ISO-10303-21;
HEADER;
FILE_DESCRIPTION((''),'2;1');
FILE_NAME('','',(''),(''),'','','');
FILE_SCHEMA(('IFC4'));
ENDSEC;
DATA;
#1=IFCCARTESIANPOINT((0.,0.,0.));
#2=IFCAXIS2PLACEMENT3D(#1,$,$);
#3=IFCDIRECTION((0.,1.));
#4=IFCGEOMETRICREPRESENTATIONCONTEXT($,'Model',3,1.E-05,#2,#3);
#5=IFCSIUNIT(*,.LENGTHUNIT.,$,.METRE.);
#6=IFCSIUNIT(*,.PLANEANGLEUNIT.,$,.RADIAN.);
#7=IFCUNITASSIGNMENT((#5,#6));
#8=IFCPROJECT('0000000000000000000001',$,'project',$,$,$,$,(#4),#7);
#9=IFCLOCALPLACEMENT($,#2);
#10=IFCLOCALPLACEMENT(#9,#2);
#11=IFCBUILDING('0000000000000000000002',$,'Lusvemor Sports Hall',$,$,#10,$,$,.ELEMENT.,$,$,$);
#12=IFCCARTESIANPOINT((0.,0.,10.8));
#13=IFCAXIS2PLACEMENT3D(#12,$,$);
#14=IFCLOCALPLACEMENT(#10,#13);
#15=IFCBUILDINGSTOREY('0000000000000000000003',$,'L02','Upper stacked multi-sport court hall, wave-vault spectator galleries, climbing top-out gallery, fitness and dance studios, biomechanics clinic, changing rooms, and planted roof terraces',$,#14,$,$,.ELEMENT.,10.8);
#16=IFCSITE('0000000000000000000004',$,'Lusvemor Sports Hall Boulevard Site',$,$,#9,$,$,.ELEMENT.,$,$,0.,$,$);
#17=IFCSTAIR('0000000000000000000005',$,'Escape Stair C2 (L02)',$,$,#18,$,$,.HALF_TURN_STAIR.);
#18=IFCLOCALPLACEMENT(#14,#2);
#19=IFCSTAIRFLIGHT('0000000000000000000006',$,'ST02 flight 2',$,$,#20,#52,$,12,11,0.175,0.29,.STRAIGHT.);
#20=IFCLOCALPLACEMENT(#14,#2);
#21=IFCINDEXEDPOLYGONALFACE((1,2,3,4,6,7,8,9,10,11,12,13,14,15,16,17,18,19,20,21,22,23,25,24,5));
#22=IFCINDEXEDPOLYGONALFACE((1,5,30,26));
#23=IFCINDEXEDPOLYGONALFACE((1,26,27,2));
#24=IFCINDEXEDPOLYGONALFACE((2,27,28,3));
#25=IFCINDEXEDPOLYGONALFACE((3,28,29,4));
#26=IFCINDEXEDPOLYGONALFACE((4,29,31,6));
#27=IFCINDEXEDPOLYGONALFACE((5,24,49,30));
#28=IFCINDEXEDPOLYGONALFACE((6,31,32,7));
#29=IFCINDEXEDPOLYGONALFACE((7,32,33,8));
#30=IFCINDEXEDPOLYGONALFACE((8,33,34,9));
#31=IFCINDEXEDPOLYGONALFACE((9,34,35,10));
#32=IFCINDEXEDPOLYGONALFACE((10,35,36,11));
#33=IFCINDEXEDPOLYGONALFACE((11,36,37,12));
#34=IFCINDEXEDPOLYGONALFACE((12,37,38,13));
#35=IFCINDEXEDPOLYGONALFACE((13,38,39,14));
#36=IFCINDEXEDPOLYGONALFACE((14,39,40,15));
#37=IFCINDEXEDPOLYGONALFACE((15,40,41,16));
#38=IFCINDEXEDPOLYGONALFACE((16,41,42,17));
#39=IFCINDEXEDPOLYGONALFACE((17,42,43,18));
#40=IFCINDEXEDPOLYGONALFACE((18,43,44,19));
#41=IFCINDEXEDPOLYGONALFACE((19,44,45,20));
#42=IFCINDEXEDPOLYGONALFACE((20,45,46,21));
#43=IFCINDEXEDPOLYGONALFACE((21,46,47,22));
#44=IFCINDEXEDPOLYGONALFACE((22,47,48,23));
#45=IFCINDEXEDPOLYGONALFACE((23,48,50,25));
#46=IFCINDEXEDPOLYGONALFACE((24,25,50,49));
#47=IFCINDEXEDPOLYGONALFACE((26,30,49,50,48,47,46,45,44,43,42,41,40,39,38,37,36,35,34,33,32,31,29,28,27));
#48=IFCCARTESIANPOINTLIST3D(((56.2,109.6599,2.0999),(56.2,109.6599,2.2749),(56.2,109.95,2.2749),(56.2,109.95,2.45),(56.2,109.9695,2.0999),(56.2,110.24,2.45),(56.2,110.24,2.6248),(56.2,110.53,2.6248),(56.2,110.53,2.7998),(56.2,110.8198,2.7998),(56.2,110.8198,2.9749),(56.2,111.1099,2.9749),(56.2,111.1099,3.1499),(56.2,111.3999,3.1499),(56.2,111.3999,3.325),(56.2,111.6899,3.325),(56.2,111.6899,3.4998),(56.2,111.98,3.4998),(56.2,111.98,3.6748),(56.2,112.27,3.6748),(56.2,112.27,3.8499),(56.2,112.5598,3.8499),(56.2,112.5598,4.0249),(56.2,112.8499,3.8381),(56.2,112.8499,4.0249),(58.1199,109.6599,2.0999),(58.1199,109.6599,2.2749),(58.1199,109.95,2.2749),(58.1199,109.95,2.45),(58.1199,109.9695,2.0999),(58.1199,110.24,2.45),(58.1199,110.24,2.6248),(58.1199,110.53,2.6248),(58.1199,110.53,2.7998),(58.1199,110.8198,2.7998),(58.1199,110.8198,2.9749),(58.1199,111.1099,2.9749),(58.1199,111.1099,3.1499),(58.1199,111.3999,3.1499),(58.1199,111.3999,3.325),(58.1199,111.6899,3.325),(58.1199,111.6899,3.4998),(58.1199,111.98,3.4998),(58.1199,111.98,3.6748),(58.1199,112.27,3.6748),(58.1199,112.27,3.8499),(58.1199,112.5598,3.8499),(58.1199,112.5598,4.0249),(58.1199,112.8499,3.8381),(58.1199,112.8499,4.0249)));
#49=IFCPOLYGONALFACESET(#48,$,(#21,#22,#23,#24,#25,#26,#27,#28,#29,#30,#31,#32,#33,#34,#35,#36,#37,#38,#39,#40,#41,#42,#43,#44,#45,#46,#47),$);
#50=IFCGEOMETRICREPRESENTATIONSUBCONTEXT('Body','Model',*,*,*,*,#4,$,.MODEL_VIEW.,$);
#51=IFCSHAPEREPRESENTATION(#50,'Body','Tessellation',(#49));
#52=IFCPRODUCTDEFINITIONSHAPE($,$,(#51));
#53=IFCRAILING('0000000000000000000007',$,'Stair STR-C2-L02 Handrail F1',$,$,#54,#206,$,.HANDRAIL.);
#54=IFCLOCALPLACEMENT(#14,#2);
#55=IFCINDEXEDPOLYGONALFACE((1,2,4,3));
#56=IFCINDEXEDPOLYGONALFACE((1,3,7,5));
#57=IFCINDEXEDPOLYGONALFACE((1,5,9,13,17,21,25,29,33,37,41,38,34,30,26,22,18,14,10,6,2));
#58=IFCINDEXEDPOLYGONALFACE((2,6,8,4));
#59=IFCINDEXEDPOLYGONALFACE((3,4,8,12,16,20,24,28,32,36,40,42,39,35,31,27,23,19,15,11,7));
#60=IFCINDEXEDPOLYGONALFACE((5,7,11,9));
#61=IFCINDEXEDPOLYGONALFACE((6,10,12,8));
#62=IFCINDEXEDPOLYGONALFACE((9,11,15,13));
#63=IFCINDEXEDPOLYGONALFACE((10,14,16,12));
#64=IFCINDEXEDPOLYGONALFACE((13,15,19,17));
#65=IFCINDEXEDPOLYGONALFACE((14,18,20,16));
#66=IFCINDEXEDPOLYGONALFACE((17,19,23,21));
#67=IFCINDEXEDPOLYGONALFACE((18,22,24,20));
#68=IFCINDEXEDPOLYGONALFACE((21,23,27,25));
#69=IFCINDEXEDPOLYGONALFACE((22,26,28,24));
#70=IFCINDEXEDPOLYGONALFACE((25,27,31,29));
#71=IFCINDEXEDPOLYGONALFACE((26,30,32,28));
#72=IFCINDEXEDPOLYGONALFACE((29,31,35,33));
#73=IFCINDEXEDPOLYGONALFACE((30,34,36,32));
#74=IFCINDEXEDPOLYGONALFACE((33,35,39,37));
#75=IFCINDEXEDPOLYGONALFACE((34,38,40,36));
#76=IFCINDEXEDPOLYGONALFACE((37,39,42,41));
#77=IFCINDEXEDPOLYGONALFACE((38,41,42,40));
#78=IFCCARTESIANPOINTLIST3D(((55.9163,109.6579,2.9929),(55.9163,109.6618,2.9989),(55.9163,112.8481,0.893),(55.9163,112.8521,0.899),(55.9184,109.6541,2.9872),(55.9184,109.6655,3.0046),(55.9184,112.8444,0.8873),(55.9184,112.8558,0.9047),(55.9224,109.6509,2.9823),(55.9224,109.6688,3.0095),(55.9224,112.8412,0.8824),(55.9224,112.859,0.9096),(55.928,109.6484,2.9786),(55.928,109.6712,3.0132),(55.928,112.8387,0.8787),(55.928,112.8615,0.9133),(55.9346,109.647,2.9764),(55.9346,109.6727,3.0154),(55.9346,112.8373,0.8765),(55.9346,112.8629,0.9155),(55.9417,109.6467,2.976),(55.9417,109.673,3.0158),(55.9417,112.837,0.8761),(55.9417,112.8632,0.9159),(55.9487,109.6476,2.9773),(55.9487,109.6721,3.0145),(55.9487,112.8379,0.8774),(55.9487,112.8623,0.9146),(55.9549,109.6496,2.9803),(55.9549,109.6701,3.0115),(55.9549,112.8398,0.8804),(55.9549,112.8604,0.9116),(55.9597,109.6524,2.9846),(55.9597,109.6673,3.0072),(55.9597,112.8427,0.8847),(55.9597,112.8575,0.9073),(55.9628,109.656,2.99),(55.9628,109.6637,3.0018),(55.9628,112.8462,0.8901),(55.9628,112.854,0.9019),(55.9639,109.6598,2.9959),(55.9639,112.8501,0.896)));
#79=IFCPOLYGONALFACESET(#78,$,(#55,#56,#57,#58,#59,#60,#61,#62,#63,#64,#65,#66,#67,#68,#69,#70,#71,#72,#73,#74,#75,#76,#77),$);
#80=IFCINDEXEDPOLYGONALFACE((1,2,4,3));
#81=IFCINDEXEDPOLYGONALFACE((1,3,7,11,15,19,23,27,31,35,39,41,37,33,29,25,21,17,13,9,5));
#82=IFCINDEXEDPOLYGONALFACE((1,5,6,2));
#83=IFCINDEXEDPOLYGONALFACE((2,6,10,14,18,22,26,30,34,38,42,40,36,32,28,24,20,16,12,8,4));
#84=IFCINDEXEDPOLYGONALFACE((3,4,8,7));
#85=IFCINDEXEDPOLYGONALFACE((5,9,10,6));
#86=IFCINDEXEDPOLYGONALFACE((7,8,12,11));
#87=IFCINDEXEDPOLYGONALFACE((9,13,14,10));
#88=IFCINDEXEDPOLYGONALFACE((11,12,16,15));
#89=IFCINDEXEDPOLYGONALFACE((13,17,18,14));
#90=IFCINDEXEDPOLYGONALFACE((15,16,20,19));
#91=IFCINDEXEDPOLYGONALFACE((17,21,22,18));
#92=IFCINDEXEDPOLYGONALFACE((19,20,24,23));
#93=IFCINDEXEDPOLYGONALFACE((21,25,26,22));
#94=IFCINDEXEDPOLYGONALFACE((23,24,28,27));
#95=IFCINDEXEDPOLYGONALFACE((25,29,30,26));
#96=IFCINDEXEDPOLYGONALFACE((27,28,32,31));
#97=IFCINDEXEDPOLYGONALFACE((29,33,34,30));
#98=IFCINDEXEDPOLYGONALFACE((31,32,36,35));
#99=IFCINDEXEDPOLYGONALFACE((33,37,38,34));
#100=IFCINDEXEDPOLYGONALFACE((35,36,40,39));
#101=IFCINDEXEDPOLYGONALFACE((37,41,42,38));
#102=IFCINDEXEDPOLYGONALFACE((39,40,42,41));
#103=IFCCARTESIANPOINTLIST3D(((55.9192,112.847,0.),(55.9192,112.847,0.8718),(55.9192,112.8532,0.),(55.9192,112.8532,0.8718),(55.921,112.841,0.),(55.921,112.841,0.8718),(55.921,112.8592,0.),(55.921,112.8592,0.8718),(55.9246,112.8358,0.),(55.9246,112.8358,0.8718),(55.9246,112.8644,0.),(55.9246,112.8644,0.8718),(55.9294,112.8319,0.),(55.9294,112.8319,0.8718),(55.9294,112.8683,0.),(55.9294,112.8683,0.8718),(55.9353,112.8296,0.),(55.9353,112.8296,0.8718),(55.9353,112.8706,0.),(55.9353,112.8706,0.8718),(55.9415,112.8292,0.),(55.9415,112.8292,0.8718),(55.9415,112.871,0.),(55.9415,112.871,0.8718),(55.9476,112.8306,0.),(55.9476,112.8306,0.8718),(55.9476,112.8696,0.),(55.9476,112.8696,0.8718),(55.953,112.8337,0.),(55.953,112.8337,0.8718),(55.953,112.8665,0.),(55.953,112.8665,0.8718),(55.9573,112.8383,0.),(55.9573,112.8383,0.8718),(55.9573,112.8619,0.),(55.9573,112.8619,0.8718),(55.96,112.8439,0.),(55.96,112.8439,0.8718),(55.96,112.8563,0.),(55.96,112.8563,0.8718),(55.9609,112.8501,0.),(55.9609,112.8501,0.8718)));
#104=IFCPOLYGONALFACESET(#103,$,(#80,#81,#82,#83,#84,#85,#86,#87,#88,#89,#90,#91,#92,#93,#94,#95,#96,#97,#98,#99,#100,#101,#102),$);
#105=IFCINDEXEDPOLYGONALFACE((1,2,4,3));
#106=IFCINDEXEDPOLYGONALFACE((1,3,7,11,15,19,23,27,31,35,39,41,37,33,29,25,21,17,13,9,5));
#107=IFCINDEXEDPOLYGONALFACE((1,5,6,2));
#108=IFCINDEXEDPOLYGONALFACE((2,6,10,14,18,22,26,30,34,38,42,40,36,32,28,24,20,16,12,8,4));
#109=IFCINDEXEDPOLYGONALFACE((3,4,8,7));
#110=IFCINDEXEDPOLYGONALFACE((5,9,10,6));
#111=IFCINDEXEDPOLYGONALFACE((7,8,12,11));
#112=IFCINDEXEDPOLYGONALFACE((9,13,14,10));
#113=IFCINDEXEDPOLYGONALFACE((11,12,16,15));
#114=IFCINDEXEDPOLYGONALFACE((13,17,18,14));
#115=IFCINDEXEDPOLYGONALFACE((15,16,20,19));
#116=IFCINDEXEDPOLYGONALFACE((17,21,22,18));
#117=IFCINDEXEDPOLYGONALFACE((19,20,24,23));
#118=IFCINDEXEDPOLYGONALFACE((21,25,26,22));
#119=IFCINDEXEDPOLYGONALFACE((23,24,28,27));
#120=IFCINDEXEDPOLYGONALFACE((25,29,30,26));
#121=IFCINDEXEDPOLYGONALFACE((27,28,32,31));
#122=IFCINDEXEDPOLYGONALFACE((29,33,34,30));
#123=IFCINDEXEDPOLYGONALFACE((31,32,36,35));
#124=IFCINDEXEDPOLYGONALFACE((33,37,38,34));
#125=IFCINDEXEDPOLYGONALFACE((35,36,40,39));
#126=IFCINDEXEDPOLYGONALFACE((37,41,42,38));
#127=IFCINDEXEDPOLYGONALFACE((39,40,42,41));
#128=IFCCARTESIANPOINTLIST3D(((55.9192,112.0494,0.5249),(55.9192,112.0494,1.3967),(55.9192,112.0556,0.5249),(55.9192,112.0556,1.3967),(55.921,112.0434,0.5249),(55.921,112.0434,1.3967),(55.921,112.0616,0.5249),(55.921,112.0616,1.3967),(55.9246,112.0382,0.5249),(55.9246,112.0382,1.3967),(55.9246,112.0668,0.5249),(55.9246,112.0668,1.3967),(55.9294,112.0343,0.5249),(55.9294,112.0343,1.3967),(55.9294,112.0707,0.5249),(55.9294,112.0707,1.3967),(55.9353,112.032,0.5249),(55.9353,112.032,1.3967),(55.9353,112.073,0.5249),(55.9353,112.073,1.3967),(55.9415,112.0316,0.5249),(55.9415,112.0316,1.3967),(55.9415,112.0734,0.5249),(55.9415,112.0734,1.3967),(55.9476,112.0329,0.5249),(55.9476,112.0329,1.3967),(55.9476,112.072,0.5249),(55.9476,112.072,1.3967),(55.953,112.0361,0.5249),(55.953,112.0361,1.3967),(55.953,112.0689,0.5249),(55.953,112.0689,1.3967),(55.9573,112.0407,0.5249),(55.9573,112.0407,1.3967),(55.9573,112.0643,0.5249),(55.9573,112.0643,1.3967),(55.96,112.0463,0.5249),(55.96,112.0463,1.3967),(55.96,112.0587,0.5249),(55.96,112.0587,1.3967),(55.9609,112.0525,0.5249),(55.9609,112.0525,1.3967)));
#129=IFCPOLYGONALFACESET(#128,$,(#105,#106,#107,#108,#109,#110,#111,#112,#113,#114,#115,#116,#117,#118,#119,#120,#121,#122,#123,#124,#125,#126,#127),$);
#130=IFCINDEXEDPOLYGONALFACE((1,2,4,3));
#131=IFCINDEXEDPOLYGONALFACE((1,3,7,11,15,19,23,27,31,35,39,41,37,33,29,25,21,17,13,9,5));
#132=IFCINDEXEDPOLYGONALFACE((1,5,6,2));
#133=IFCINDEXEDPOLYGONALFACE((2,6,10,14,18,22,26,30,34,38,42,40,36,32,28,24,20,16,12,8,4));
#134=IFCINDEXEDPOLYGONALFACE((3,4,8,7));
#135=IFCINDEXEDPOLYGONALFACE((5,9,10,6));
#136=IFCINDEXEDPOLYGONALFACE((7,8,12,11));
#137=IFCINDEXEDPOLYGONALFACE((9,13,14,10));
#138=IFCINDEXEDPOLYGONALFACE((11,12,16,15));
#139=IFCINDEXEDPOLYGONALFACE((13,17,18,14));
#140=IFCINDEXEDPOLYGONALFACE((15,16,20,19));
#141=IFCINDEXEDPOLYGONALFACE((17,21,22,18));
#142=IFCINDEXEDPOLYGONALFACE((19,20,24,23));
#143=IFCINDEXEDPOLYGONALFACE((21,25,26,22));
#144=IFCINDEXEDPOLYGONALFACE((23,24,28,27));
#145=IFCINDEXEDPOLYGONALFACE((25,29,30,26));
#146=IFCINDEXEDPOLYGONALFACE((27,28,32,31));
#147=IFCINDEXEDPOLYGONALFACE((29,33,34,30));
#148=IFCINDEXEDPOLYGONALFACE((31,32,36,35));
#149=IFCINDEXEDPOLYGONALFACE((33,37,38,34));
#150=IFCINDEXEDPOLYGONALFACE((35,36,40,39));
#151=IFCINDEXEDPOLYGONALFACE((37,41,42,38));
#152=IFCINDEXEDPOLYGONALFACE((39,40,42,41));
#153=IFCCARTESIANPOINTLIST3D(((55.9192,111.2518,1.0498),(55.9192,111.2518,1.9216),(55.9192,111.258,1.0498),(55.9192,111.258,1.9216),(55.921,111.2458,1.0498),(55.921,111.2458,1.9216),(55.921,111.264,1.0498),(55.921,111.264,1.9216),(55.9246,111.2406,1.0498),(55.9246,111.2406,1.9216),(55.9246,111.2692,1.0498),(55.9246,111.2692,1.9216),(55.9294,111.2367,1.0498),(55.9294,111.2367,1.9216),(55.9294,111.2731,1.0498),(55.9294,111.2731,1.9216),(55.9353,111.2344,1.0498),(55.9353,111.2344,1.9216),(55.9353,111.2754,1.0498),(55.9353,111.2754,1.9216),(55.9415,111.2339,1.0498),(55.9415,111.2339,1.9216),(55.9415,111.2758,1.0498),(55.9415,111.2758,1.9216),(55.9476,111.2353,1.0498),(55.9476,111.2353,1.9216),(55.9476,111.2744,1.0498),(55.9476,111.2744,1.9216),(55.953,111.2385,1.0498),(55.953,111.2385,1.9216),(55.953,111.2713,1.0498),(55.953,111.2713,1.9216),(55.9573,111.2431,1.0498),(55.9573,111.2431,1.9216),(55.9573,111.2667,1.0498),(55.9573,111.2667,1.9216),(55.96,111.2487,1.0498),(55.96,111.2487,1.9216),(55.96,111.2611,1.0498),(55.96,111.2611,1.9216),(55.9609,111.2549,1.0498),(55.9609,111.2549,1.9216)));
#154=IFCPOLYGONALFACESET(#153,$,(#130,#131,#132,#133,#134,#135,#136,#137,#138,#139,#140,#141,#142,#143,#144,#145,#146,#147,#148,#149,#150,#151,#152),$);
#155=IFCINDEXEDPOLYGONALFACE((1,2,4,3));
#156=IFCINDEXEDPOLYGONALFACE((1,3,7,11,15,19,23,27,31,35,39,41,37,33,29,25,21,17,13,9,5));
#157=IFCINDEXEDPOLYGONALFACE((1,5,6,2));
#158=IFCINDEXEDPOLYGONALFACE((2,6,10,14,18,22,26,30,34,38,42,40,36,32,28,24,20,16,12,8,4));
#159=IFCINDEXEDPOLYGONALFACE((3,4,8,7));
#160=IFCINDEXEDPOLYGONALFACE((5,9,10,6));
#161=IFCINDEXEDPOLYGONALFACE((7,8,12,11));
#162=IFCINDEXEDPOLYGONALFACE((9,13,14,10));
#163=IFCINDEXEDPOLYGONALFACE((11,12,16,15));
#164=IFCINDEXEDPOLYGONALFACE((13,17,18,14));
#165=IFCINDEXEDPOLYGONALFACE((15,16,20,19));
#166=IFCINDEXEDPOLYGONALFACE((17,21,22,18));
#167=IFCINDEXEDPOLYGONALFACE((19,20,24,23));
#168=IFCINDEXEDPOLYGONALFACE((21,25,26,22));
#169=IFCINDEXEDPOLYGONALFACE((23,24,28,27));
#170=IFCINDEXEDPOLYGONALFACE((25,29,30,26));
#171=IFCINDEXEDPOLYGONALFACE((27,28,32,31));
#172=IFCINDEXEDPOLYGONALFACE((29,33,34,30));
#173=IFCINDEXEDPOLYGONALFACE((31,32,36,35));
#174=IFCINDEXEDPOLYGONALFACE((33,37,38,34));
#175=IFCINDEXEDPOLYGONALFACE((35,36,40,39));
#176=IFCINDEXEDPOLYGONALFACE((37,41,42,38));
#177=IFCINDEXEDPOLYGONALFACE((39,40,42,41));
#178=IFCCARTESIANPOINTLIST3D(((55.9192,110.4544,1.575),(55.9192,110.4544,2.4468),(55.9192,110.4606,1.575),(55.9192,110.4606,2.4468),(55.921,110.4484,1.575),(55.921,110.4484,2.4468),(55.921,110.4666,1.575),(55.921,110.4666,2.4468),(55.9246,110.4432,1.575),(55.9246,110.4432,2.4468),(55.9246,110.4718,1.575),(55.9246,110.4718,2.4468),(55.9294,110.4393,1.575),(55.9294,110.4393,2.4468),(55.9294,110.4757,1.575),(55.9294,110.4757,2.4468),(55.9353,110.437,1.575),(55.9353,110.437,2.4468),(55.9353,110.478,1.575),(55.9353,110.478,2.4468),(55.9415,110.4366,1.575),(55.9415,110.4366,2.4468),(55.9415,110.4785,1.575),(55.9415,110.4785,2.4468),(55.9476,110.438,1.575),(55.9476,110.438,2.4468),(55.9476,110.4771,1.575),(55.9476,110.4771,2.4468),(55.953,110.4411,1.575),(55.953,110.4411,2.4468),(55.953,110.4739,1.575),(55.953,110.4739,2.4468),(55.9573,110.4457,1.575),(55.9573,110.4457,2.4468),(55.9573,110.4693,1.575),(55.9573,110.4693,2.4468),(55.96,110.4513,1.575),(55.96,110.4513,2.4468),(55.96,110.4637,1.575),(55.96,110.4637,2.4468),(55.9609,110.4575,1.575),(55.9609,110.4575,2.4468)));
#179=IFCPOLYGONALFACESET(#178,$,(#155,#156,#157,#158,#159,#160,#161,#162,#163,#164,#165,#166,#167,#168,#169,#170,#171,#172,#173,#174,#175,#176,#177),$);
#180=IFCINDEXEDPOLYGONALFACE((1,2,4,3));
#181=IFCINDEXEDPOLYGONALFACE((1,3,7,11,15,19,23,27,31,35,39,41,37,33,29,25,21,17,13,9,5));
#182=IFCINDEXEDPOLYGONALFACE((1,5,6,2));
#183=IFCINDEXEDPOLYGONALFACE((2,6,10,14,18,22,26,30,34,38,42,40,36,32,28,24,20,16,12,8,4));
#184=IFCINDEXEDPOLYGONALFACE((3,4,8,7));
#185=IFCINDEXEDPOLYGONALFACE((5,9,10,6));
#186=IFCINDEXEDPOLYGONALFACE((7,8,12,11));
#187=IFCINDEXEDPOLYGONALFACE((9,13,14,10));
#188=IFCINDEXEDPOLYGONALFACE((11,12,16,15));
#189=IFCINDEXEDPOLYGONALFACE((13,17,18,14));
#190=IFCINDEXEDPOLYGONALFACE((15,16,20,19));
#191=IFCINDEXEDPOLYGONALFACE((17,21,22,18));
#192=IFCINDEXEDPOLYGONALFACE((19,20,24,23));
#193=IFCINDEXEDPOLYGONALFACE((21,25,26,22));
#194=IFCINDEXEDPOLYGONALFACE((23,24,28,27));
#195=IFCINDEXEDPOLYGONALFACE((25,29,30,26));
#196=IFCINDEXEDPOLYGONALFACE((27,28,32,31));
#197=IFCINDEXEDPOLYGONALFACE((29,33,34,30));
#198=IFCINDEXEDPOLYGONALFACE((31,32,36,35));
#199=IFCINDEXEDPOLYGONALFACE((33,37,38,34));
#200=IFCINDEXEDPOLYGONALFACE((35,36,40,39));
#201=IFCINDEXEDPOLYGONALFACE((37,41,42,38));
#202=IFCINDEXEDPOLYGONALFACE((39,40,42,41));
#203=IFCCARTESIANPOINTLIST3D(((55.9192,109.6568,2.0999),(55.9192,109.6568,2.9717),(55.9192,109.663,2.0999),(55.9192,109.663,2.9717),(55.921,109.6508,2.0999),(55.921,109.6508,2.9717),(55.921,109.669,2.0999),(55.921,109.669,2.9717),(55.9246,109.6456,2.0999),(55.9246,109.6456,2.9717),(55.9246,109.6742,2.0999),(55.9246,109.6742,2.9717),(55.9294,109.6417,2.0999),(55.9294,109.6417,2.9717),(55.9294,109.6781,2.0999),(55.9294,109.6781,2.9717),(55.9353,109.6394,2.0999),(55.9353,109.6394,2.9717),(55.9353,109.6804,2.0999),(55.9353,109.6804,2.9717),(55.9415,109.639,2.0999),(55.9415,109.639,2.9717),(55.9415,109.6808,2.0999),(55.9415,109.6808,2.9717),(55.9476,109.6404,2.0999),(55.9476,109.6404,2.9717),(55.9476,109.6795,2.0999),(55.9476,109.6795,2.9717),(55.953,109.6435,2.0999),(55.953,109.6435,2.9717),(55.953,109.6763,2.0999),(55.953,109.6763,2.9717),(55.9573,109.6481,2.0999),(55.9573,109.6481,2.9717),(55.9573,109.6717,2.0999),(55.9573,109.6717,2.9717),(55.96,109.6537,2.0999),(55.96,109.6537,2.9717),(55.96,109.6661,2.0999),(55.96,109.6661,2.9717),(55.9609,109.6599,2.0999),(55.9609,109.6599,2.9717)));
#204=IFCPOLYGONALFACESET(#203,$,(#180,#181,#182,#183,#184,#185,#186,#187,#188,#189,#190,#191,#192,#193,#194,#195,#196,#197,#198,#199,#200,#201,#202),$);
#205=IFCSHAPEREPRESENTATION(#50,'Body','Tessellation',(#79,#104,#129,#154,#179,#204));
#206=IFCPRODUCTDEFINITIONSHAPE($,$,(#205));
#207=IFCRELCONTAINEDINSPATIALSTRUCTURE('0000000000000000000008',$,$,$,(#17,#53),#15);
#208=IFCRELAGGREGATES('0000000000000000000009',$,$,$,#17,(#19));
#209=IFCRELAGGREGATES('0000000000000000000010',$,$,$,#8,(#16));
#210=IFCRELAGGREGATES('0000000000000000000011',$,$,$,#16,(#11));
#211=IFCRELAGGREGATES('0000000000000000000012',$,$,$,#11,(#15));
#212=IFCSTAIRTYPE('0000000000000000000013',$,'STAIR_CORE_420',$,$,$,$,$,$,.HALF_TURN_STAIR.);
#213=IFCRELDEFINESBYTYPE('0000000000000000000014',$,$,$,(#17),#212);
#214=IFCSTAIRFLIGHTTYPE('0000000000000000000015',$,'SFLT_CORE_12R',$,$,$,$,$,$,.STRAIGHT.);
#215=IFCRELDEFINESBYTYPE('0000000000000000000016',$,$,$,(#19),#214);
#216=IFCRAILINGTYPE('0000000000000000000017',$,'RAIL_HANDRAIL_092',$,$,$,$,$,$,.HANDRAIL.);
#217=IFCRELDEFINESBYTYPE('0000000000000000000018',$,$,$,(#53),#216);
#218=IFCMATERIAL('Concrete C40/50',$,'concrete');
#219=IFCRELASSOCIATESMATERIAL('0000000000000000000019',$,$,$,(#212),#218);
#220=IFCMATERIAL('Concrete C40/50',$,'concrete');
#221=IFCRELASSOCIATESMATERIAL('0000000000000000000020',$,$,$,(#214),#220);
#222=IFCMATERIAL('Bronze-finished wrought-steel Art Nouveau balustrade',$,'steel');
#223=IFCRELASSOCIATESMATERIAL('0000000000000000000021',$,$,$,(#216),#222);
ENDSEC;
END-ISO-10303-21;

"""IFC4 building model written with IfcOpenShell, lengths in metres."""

from ifc_helpers import new_model, si_unit, direction, frame, origin, origin_2d, place, context, subcontext, project, spatial, polyline, circle, outline, extrude, material, type_object, element, aggregate, save


model = new_model("IFC4")

# Units and contexts
model_context = context("Model", 3, precision=1e-05, world=origin(), true_north=direction((0.0, 1.0)))
body_context = subcontext(model_context, "Body", "Model", "MODEL_VIEW")
ifc_project = project(units=[si_unit("LENGTHUNIT", "METRE"), si_unit("PLANEANGLEUNIT", "RADIAN")], contexts=[model_context])

# Site, building, storey
site_placement = place(None, origin())
site = spatial("IfcSite", under=ifc_project, at=site_placement, Name="Lusvemor Sports Hall Boulevard Site", CompositionType="ELEMENT", RefElevation=0.0)
building_placement = place(site_placement, origin())
building = spatial("IfcBuilding", under=site, at=building_placement, Name="Lusvemor Sports Hall", CompositionType="ELEMENT")
storey_placement = place(building_placement, frame((0.0, 0.0, 10.8)))
storey = spatial("IfcBuildingStorey", under=building, at=storey_placement, Name="L02", Description="Upper stacked multi-sport court hall, wave-vault spectator galleries, climbing top-out gallery, fitness and dance studios, biomechanics clinic, changing rooms, and planted roof terraces", CompositionType="ELEMENT", Elevation=10.8)

# Stair, stair flight
ifc_material_1 = material(Name="Concrete C40/50", Category="concrete")
stair_type = type_object("IfcStairType", Name="STAIR_CORE_420", PredefinedType="HALF_TURN_STAIR", material=ifc_material_1)
stair_placement = place(storey_placement, origin())
stair = element("IfcStair", 1, at=stair_placement, inside=storey, type_object=stair_type, Name="Escape Stair C2 (L02)", PredefinedType="HALF_TURN_STAIR")
ifc_material_2 = material(Name="Concrete C40/50", Category="concrete")
stair_flight_type = type_object("IfcStairFlightType", Name="SFLT_CORE_12R", PredefinedType="STRAIGHT", material=ifc_material_2)
stair_flight_1_placement = place(storey_placement, frame((57.1599, 109.6599, 2.0999), z_axis=(0.0, 0.0, 1.0), x_axis=(0.0, 1.0, 0.0)))
stair_flight_1 = element("IfcStairFlight", 2, at=stair_flight_1_placement, type_object=stair_flight_type, Name="ST02 flight 2", NumberOfRisers=12, NumberOfTreads=11, PredefinedType="STRAIGHT", RiserHeight=0.175, TreadLength=0.29, context=body_context, shape_type="SweptSolid", body=[
    extrude(outline(polyline([(0.0, 0.0), (0.0, 0.175), (0.29, 0.175), (0.29, 0.3501), (0.5801, 0.3501), (0.5801, 0.5249), (0.8701, 0.5249), (0.8701, 0.7), (1.1599, 0.7), (1.1599, 0.875), (1.45, 0.875), (1.45, 1.05), (1.74, 1.05), (1.74, 1.2251), (2.03, 1.2251), (2.03, 1.3999), (2.3201, 1.3999), (2.3201, 1.575), (2.6101, 1.575), (2.6101, 1.75), (2.8999, 1.75), (2.8999, 1.925), (3.1899, 1.925), (3.1899, 2.1001), (3.1899, 1.7383), (0.3096, 0.0), (0.0, 0.0)])), frame((0.0, 0.96, 0.0), z_axis=(0.0, -1.0, 0.0), x_axis=(1.0, 0.0, 0.0)), (0.0, 0.0, 1.0), 1.9199),
])
aggregate(stair, [stair_flight_1])

# Railing
ifc_material_3 = material(Name="Bronze-finished wrought-steel Art Nouveau balustrade", Category="steel")
railing_type_1 = type_object("IfcRailingType", Name="RAIL_HANDRAIL_092", PredefinedType="HANDRAIL", material=ifc_material_3)
railing_1_placement = place(storey_placement, frame((55.9399, 112.8501, 0.0)))
element("IfcRailing", 3, at=railing_1_placement, inside=storey, type_object=railing_type_1, Name="Stair STR-C2-L02 Handrail F1", PredefinedType="HANDRAIL", context=body_context, shape_type="SweptSolid", body=[
    extrude(circle(Radius=0.0239, at=origin_2d()), frame((0.0, 0.0, 0.896), z_axis=(0.0, -0.835291, 0.549808), x_axis=(1.0, 0.0, 0.0)), (0.0, 0.0, 1.0), 3.8193),
    extrude(circle(Radius=0.021, at=origin_2d()), origin(), (0.0, 0.0, 1.0), 0.8718),
    extrude(circle(Radius=0.021, at=origin_2d()), frame((0.0, -0.7976, 0.5249)), (0.0, 0.0, 1.0), 0.8718),
    extrude(circle(Radius=0.021, at=origin_2d()), frame((0.0, -1.5952, 1.0498)), (0.0, 0.0, 1.0), 0.8718),
    extrude(circle(Radius=0.021, at=origin_2d()), frame((0.0, -2.3926, 1.575)), (0.0, 0.0, 1.0), 0.8718),
    extrude(circle(Radius=0.021, at=origin_2d()), frame((0.0, -3.1902, 2.0999)), (0.0, 0.0, 1.0), 0.8718),
])

save(model, "model.ifc")
